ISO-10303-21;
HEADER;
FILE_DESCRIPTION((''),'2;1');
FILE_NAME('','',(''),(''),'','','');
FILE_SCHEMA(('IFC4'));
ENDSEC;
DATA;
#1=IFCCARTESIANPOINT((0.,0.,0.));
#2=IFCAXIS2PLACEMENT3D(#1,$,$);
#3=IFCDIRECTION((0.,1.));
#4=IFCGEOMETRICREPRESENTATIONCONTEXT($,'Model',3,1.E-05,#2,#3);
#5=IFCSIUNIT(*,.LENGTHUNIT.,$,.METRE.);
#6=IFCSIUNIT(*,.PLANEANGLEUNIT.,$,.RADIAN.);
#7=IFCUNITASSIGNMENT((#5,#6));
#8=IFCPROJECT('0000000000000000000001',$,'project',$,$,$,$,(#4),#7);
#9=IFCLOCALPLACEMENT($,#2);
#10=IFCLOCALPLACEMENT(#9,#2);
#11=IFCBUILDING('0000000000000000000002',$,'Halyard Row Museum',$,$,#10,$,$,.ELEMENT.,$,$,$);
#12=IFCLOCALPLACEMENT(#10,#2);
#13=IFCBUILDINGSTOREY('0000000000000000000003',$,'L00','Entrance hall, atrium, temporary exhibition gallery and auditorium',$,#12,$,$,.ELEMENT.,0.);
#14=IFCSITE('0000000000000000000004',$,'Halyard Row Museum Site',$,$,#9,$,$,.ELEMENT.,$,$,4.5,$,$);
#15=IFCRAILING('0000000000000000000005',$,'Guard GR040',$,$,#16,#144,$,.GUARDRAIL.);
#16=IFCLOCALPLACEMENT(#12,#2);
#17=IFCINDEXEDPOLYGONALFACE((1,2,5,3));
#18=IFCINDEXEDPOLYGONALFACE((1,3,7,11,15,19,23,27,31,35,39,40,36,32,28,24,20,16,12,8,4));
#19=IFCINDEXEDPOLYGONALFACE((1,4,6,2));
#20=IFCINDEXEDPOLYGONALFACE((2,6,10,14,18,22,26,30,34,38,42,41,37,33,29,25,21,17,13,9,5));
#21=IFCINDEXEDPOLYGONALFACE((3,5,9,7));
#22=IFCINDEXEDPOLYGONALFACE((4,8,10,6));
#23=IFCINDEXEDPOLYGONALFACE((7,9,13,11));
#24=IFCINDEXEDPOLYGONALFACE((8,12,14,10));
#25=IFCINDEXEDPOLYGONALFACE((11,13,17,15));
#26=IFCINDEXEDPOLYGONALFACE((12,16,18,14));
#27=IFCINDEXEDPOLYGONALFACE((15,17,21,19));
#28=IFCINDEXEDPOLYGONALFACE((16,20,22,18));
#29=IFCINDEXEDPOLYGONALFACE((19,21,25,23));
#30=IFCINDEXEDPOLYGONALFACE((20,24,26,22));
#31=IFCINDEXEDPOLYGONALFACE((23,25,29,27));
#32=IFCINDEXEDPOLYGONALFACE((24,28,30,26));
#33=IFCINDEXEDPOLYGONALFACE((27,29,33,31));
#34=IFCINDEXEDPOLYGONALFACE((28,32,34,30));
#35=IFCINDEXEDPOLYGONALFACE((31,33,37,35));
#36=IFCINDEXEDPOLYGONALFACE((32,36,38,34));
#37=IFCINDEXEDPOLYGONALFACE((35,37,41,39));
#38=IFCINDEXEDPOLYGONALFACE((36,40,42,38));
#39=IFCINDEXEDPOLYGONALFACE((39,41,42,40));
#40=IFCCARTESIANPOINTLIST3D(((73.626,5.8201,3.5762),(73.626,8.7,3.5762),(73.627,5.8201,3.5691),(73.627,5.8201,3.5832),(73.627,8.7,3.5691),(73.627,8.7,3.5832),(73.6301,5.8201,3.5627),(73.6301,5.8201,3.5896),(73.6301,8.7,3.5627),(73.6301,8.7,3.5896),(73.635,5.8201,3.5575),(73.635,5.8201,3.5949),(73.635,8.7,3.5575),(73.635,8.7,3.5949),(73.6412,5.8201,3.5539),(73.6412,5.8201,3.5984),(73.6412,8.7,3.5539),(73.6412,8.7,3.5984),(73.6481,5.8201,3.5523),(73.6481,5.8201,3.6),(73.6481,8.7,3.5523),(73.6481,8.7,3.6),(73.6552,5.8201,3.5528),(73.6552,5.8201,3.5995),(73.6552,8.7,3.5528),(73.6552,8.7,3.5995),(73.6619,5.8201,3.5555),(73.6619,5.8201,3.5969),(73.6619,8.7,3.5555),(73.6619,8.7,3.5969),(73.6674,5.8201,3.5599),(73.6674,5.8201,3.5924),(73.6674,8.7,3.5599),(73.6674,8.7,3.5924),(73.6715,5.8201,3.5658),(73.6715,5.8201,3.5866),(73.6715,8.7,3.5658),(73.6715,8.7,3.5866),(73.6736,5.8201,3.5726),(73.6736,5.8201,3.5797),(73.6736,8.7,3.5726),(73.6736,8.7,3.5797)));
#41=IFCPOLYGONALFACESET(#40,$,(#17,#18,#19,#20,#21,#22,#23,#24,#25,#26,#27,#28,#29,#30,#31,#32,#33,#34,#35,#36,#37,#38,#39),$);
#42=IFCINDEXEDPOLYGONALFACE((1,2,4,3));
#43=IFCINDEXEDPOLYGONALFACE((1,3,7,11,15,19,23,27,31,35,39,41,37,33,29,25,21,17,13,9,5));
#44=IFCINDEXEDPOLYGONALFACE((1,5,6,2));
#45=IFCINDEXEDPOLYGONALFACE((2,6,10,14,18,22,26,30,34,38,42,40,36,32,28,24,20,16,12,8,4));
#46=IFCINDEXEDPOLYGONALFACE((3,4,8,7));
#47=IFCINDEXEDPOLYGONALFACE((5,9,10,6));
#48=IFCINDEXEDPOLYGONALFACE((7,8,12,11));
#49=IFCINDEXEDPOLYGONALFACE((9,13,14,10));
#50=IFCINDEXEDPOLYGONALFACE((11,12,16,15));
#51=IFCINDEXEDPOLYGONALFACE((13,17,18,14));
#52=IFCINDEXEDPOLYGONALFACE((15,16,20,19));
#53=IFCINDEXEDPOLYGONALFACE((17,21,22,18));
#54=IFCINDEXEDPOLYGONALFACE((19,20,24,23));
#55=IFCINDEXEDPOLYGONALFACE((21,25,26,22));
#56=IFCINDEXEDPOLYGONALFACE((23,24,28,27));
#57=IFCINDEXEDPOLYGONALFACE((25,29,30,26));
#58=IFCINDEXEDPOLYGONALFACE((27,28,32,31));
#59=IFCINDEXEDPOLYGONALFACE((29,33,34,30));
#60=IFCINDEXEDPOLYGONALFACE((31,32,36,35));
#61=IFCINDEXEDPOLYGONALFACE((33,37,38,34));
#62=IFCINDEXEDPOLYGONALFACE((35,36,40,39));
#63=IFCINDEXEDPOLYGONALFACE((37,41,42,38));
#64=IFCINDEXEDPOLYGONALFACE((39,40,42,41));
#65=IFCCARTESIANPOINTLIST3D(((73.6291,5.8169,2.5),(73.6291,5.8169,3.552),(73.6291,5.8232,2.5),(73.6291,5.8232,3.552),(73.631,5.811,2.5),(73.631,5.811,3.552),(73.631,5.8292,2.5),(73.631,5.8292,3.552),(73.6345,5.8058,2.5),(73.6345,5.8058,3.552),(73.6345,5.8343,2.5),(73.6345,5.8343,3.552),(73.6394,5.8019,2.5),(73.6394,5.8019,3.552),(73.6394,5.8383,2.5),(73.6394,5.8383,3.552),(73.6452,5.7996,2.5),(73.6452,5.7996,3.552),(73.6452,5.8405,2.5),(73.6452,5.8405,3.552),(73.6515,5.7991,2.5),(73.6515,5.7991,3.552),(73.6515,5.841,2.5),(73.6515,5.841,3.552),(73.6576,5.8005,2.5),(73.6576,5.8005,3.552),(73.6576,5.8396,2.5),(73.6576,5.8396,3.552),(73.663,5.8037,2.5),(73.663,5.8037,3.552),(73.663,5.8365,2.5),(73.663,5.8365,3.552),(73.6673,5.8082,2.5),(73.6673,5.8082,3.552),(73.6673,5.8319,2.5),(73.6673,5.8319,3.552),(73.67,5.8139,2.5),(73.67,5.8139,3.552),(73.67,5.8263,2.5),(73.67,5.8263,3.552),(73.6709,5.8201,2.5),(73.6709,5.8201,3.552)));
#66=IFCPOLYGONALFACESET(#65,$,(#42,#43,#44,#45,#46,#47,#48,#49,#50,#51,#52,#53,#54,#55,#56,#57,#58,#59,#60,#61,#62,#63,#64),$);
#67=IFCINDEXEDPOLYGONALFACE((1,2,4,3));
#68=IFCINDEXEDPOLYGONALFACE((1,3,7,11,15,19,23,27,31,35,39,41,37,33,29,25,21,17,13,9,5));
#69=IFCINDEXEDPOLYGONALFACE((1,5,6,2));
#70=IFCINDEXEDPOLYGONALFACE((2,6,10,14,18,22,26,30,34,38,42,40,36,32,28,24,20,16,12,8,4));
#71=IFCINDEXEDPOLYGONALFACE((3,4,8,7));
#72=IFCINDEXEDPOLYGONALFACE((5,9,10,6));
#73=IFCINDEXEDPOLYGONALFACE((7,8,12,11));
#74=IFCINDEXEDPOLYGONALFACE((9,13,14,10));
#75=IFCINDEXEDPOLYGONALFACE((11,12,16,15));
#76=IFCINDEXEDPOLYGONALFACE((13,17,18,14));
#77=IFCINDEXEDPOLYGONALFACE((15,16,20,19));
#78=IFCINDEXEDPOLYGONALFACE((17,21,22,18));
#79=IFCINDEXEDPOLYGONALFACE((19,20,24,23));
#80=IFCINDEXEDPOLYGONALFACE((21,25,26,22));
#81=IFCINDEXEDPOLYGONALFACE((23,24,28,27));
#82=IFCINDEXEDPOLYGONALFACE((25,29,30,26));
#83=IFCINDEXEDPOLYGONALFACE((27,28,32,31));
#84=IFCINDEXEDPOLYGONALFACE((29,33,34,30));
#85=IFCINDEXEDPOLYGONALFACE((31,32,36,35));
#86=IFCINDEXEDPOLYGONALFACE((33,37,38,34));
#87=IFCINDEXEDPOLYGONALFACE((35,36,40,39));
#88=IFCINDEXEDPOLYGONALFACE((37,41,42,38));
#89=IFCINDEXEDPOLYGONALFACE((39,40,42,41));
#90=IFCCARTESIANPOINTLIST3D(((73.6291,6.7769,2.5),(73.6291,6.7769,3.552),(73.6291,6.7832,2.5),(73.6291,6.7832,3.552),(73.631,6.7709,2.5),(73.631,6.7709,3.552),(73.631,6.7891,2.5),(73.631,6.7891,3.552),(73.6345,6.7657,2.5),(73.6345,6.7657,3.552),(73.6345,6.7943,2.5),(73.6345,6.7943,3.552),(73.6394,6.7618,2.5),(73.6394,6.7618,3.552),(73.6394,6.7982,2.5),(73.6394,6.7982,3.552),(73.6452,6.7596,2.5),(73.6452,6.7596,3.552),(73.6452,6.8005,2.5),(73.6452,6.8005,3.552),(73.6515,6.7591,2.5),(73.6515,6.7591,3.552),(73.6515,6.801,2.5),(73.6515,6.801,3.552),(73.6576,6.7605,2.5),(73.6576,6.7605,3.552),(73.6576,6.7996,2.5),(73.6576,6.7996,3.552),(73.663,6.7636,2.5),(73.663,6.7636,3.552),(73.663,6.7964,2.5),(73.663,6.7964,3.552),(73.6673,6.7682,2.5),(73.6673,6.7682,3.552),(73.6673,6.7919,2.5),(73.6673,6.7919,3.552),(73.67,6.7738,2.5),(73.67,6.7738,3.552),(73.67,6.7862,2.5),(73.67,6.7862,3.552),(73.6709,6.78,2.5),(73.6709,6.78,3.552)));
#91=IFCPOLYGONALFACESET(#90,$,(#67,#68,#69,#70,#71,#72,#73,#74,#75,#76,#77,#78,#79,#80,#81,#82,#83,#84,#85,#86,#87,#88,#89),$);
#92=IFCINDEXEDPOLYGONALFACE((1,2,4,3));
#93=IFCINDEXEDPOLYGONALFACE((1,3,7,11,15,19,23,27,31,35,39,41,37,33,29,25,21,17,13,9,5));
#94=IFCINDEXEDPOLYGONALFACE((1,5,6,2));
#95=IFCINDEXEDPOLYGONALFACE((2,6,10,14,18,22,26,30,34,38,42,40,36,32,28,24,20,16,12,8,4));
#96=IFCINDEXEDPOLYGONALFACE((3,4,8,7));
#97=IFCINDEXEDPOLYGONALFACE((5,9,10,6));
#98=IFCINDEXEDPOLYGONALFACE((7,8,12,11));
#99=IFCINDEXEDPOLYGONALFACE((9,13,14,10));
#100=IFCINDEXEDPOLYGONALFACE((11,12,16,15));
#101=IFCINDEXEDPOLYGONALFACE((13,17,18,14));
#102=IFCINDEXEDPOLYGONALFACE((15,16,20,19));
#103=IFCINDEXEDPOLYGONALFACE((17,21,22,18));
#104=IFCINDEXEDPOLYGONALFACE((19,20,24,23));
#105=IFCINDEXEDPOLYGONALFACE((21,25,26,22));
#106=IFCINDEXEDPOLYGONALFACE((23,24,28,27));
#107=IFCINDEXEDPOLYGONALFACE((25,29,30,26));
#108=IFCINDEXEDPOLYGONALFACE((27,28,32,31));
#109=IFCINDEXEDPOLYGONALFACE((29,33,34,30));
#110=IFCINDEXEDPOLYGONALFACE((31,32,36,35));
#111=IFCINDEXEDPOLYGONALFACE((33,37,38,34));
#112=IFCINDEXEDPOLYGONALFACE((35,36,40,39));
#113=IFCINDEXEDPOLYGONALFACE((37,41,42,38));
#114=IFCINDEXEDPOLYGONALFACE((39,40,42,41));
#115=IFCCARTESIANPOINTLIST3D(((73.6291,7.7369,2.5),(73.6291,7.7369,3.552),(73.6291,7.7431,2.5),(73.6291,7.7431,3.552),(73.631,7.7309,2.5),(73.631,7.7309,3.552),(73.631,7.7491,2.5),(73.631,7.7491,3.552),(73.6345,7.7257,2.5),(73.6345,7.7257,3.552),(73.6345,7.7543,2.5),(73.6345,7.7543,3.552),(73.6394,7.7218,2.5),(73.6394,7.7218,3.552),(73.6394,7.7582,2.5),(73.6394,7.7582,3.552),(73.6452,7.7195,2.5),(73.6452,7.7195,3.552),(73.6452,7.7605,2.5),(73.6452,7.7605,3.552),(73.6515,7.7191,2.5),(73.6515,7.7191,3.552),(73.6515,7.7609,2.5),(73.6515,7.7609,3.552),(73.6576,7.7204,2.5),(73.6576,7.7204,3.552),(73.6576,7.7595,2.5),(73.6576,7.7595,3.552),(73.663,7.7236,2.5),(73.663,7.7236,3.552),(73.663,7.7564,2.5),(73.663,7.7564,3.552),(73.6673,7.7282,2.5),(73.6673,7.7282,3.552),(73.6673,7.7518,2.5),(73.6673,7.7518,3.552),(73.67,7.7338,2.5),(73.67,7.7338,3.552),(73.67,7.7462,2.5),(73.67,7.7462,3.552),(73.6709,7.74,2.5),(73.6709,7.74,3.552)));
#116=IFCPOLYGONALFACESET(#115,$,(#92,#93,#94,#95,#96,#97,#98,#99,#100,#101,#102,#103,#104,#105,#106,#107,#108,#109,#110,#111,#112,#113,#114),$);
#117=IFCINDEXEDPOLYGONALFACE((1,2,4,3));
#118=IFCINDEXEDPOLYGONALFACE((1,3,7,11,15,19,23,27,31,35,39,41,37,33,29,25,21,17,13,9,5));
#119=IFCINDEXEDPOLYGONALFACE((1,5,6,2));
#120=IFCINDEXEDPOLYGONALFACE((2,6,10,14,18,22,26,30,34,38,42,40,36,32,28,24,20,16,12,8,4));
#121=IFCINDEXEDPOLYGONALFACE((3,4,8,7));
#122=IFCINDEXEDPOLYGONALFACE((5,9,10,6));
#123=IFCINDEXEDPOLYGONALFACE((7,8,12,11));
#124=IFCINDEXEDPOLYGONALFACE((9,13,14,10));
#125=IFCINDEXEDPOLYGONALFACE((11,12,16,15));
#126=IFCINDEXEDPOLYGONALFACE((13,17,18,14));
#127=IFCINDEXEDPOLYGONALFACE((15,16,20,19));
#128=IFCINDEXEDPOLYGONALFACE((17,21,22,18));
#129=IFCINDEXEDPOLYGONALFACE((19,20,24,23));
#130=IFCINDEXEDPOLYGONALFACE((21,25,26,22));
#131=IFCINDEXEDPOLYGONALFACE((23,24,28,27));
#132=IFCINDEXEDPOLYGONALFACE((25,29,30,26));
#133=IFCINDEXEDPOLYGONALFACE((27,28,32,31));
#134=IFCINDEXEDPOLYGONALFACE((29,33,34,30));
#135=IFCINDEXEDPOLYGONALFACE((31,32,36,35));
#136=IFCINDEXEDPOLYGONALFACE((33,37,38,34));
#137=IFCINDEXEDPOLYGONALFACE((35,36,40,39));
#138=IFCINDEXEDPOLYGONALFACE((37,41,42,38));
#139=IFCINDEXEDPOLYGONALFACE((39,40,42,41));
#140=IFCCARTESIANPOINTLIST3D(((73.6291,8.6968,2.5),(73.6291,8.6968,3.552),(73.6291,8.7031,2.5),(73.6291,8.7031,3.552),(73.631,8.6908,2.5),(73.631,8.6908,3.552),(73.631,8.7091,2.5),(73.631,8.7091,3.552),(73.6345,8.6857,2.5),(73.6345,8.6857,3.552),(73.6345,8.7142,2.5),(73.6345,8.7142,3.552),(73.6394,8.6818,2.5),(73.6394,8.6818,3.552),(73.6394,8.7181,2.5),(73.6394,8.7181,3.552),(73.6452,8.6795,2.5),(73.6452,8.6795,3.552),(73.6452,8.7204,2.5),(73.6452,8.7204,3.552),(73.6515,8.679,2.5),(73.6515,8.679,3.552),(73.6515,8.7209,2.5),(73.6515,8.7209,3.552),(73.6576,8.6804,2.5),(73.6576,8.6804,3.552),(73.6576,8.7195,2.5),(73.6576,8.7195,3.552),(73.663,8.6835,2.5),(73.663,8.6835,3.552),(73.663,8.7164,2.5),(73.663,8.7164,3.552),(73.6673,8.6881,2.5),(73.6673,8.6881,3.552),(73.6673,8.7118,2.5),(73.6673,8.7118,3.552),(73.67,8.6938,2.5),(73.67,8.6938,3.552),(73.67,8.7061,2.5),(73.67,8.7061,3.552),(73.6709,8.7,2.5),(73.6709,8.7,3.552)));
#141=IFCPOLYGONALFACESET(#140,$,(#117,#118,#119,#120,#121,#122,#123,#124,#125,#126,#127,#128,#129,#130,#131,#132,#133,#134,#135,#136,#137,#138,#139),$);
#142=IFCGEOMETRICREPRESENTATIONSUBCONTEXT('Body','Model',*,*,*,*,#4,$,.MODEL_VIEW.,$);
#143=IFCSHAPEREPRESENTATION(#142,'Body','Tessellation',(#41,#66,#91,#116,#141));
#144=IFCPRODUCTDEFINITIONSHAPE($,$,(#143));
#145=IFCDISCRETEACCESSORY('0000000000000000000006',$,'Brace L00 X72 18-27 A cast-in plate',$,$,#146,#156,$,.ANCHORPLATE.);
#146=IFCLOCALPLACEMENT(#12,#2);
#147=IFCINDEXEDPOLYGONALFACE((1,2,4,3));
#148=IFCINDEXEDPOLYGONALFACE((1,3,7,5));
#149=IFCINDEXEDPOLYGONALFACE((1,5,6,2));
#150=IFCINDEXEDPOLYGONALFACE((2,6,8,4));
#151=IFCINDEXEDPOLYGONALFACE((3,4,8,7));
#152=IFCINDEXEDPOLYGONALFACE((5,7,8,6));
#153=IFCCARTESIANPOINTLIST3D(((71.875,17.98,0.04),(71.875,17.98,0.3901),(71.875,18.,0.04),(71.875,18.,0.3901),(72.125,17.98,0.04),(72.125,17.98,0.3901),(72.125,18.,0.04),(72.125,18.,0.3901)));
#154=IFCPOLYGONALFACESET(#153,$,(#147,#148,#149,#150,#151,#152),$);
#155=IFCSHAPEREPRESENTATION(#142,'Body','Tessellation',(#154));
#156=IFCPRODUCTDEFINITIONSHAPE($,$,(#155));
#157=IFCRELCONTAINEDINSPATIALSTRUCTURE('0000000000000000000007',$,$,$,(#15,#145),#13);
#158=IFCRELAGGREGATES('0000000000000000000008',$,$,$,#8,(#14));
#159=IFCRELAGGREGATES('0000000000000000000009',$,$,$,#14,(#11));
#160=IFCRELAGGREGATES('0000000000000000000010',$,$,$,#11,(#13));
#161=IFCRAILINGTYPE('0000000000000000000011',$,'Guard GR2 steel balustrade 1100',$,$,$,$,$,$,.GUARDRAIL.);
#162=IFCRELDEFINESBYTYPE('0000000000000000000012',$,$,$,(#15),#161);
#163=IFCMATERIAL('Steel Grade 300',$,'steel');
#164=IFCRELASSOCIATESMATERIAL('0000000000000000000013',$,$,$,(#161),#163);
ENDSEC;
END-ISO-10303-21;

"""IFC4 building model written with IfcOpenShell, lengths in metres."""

from ifc_helpers import new_model, si_unit, direction, frame, origin, origin_2d, place, context, subcontext, project, spatial, rectangle, circle, extrude, material, type_object, element, save


model = new_model("IFC4")

# Units and contexts
model_context = context("Model", 3, precision=1e-05, world=origin(), true_north=direction((0.0, 1.0)))
body_context = subcontext(model_context, "Body", "Model", "MODEL_VIEW")
ifc_project = project(units=[si_unit("LENGTHUNIT", "METRE"), si_unit("PLANEANGLEUNIT", "RADIAN")], contexts=[model_context])

# Site, building, storey
site_placement = place(None, origin())
site = spatial("IfcSite", under=ifc_project, at=site_placement, Name="Halyard Row Museum Site", CompositionType="ELEMENT", RefElevation=4.5)
building_placement = place(site_placement, origin())
building = spatial("IfcBuilding", under=site, at=building_placement, Name="Halyard Row Museum", CompositionType="ELEMENT")
storey_placement = place(building_placement, origin())
storey = spatial("IfcBuildingStorey", under=building, at=storey_placement, Name="L00", Description="Entrance hall, atrium, temporary exhibition gallery and auditorium", CompositionType="ELEMENT", Elevation=0.0)

# Railing
ifc_material_1 = material(Name="Steel Grade 300", Category="steel")
railing_type_1 = type_object("IfcRailingType", Name="Guard GR2 steel balustrade 1100", PredefinedType="GUARDRAIL", material=ifc_material_1)
railing_1_placement = place(storey_placement, frame((73.6499, 5.8201, 2.5)))
element("IfcRailing", 1, at=railing_1_placement, inside=storey, type_object=railing_type_1, Name="Guard GR040", PredefinedType="GUARDRAIL", context=body_context, shape_type="SweptSolid", body=[
    extrude(circle(Radius=0.0239, at=origin_2d()), frame((0.0, 0.0, 1.0762), z_axis=(0.0, 1.0, 0.0), x_axis=(-1.0, 0.0, 0.0)), (0.0, 0.0, 1.0), 2.8799),
    extrude(circle(Radius=0.021, at=origin_2d()), origin(), (0.0, 0.0, 1.0), 1.052),
    extrude(circle(Radius=0.021, at=origin_2d()), frame((0.0, 0.96, 0.0)), (0.0, 0.0, 1.0), 1.052),
    extrude(circle(Radius=0.021, at=origin_2d()), frame((0.0, 1.9199, 0.0)), (0.0, 0.0, 1.0), 1.052),
    extrude(circle(Radius=0.021, at=origin_2d()), frame((0.0, 2.8799, 0.0)), (0.0, 0.0, 1.0), 1.052),
])

# Discrete accessory
discrete_accessory_placement = place(storey_placement, frame((72.0, 18.0, 0.2151), z_axis=(0.0, -1.0, 0.0), x_axis=(1.0, 0.0, 0.0)))
element("IfcDiscreteAccessory", 2, at=discrete_accessory_placement, inside=storey, Name="Brace L00 X72 18-27 A cast-in plate", PredefinedType="ANCHORPLATE", context=body_context, shape_type="SweptSolid", body=[
    extrude(rectangle(XDim=0.25, YDim=0.3501, at=origin_2d()), origin(), (0.0, 0.0, 1.0), 0.02),
])

save(model, "model.ifc")
